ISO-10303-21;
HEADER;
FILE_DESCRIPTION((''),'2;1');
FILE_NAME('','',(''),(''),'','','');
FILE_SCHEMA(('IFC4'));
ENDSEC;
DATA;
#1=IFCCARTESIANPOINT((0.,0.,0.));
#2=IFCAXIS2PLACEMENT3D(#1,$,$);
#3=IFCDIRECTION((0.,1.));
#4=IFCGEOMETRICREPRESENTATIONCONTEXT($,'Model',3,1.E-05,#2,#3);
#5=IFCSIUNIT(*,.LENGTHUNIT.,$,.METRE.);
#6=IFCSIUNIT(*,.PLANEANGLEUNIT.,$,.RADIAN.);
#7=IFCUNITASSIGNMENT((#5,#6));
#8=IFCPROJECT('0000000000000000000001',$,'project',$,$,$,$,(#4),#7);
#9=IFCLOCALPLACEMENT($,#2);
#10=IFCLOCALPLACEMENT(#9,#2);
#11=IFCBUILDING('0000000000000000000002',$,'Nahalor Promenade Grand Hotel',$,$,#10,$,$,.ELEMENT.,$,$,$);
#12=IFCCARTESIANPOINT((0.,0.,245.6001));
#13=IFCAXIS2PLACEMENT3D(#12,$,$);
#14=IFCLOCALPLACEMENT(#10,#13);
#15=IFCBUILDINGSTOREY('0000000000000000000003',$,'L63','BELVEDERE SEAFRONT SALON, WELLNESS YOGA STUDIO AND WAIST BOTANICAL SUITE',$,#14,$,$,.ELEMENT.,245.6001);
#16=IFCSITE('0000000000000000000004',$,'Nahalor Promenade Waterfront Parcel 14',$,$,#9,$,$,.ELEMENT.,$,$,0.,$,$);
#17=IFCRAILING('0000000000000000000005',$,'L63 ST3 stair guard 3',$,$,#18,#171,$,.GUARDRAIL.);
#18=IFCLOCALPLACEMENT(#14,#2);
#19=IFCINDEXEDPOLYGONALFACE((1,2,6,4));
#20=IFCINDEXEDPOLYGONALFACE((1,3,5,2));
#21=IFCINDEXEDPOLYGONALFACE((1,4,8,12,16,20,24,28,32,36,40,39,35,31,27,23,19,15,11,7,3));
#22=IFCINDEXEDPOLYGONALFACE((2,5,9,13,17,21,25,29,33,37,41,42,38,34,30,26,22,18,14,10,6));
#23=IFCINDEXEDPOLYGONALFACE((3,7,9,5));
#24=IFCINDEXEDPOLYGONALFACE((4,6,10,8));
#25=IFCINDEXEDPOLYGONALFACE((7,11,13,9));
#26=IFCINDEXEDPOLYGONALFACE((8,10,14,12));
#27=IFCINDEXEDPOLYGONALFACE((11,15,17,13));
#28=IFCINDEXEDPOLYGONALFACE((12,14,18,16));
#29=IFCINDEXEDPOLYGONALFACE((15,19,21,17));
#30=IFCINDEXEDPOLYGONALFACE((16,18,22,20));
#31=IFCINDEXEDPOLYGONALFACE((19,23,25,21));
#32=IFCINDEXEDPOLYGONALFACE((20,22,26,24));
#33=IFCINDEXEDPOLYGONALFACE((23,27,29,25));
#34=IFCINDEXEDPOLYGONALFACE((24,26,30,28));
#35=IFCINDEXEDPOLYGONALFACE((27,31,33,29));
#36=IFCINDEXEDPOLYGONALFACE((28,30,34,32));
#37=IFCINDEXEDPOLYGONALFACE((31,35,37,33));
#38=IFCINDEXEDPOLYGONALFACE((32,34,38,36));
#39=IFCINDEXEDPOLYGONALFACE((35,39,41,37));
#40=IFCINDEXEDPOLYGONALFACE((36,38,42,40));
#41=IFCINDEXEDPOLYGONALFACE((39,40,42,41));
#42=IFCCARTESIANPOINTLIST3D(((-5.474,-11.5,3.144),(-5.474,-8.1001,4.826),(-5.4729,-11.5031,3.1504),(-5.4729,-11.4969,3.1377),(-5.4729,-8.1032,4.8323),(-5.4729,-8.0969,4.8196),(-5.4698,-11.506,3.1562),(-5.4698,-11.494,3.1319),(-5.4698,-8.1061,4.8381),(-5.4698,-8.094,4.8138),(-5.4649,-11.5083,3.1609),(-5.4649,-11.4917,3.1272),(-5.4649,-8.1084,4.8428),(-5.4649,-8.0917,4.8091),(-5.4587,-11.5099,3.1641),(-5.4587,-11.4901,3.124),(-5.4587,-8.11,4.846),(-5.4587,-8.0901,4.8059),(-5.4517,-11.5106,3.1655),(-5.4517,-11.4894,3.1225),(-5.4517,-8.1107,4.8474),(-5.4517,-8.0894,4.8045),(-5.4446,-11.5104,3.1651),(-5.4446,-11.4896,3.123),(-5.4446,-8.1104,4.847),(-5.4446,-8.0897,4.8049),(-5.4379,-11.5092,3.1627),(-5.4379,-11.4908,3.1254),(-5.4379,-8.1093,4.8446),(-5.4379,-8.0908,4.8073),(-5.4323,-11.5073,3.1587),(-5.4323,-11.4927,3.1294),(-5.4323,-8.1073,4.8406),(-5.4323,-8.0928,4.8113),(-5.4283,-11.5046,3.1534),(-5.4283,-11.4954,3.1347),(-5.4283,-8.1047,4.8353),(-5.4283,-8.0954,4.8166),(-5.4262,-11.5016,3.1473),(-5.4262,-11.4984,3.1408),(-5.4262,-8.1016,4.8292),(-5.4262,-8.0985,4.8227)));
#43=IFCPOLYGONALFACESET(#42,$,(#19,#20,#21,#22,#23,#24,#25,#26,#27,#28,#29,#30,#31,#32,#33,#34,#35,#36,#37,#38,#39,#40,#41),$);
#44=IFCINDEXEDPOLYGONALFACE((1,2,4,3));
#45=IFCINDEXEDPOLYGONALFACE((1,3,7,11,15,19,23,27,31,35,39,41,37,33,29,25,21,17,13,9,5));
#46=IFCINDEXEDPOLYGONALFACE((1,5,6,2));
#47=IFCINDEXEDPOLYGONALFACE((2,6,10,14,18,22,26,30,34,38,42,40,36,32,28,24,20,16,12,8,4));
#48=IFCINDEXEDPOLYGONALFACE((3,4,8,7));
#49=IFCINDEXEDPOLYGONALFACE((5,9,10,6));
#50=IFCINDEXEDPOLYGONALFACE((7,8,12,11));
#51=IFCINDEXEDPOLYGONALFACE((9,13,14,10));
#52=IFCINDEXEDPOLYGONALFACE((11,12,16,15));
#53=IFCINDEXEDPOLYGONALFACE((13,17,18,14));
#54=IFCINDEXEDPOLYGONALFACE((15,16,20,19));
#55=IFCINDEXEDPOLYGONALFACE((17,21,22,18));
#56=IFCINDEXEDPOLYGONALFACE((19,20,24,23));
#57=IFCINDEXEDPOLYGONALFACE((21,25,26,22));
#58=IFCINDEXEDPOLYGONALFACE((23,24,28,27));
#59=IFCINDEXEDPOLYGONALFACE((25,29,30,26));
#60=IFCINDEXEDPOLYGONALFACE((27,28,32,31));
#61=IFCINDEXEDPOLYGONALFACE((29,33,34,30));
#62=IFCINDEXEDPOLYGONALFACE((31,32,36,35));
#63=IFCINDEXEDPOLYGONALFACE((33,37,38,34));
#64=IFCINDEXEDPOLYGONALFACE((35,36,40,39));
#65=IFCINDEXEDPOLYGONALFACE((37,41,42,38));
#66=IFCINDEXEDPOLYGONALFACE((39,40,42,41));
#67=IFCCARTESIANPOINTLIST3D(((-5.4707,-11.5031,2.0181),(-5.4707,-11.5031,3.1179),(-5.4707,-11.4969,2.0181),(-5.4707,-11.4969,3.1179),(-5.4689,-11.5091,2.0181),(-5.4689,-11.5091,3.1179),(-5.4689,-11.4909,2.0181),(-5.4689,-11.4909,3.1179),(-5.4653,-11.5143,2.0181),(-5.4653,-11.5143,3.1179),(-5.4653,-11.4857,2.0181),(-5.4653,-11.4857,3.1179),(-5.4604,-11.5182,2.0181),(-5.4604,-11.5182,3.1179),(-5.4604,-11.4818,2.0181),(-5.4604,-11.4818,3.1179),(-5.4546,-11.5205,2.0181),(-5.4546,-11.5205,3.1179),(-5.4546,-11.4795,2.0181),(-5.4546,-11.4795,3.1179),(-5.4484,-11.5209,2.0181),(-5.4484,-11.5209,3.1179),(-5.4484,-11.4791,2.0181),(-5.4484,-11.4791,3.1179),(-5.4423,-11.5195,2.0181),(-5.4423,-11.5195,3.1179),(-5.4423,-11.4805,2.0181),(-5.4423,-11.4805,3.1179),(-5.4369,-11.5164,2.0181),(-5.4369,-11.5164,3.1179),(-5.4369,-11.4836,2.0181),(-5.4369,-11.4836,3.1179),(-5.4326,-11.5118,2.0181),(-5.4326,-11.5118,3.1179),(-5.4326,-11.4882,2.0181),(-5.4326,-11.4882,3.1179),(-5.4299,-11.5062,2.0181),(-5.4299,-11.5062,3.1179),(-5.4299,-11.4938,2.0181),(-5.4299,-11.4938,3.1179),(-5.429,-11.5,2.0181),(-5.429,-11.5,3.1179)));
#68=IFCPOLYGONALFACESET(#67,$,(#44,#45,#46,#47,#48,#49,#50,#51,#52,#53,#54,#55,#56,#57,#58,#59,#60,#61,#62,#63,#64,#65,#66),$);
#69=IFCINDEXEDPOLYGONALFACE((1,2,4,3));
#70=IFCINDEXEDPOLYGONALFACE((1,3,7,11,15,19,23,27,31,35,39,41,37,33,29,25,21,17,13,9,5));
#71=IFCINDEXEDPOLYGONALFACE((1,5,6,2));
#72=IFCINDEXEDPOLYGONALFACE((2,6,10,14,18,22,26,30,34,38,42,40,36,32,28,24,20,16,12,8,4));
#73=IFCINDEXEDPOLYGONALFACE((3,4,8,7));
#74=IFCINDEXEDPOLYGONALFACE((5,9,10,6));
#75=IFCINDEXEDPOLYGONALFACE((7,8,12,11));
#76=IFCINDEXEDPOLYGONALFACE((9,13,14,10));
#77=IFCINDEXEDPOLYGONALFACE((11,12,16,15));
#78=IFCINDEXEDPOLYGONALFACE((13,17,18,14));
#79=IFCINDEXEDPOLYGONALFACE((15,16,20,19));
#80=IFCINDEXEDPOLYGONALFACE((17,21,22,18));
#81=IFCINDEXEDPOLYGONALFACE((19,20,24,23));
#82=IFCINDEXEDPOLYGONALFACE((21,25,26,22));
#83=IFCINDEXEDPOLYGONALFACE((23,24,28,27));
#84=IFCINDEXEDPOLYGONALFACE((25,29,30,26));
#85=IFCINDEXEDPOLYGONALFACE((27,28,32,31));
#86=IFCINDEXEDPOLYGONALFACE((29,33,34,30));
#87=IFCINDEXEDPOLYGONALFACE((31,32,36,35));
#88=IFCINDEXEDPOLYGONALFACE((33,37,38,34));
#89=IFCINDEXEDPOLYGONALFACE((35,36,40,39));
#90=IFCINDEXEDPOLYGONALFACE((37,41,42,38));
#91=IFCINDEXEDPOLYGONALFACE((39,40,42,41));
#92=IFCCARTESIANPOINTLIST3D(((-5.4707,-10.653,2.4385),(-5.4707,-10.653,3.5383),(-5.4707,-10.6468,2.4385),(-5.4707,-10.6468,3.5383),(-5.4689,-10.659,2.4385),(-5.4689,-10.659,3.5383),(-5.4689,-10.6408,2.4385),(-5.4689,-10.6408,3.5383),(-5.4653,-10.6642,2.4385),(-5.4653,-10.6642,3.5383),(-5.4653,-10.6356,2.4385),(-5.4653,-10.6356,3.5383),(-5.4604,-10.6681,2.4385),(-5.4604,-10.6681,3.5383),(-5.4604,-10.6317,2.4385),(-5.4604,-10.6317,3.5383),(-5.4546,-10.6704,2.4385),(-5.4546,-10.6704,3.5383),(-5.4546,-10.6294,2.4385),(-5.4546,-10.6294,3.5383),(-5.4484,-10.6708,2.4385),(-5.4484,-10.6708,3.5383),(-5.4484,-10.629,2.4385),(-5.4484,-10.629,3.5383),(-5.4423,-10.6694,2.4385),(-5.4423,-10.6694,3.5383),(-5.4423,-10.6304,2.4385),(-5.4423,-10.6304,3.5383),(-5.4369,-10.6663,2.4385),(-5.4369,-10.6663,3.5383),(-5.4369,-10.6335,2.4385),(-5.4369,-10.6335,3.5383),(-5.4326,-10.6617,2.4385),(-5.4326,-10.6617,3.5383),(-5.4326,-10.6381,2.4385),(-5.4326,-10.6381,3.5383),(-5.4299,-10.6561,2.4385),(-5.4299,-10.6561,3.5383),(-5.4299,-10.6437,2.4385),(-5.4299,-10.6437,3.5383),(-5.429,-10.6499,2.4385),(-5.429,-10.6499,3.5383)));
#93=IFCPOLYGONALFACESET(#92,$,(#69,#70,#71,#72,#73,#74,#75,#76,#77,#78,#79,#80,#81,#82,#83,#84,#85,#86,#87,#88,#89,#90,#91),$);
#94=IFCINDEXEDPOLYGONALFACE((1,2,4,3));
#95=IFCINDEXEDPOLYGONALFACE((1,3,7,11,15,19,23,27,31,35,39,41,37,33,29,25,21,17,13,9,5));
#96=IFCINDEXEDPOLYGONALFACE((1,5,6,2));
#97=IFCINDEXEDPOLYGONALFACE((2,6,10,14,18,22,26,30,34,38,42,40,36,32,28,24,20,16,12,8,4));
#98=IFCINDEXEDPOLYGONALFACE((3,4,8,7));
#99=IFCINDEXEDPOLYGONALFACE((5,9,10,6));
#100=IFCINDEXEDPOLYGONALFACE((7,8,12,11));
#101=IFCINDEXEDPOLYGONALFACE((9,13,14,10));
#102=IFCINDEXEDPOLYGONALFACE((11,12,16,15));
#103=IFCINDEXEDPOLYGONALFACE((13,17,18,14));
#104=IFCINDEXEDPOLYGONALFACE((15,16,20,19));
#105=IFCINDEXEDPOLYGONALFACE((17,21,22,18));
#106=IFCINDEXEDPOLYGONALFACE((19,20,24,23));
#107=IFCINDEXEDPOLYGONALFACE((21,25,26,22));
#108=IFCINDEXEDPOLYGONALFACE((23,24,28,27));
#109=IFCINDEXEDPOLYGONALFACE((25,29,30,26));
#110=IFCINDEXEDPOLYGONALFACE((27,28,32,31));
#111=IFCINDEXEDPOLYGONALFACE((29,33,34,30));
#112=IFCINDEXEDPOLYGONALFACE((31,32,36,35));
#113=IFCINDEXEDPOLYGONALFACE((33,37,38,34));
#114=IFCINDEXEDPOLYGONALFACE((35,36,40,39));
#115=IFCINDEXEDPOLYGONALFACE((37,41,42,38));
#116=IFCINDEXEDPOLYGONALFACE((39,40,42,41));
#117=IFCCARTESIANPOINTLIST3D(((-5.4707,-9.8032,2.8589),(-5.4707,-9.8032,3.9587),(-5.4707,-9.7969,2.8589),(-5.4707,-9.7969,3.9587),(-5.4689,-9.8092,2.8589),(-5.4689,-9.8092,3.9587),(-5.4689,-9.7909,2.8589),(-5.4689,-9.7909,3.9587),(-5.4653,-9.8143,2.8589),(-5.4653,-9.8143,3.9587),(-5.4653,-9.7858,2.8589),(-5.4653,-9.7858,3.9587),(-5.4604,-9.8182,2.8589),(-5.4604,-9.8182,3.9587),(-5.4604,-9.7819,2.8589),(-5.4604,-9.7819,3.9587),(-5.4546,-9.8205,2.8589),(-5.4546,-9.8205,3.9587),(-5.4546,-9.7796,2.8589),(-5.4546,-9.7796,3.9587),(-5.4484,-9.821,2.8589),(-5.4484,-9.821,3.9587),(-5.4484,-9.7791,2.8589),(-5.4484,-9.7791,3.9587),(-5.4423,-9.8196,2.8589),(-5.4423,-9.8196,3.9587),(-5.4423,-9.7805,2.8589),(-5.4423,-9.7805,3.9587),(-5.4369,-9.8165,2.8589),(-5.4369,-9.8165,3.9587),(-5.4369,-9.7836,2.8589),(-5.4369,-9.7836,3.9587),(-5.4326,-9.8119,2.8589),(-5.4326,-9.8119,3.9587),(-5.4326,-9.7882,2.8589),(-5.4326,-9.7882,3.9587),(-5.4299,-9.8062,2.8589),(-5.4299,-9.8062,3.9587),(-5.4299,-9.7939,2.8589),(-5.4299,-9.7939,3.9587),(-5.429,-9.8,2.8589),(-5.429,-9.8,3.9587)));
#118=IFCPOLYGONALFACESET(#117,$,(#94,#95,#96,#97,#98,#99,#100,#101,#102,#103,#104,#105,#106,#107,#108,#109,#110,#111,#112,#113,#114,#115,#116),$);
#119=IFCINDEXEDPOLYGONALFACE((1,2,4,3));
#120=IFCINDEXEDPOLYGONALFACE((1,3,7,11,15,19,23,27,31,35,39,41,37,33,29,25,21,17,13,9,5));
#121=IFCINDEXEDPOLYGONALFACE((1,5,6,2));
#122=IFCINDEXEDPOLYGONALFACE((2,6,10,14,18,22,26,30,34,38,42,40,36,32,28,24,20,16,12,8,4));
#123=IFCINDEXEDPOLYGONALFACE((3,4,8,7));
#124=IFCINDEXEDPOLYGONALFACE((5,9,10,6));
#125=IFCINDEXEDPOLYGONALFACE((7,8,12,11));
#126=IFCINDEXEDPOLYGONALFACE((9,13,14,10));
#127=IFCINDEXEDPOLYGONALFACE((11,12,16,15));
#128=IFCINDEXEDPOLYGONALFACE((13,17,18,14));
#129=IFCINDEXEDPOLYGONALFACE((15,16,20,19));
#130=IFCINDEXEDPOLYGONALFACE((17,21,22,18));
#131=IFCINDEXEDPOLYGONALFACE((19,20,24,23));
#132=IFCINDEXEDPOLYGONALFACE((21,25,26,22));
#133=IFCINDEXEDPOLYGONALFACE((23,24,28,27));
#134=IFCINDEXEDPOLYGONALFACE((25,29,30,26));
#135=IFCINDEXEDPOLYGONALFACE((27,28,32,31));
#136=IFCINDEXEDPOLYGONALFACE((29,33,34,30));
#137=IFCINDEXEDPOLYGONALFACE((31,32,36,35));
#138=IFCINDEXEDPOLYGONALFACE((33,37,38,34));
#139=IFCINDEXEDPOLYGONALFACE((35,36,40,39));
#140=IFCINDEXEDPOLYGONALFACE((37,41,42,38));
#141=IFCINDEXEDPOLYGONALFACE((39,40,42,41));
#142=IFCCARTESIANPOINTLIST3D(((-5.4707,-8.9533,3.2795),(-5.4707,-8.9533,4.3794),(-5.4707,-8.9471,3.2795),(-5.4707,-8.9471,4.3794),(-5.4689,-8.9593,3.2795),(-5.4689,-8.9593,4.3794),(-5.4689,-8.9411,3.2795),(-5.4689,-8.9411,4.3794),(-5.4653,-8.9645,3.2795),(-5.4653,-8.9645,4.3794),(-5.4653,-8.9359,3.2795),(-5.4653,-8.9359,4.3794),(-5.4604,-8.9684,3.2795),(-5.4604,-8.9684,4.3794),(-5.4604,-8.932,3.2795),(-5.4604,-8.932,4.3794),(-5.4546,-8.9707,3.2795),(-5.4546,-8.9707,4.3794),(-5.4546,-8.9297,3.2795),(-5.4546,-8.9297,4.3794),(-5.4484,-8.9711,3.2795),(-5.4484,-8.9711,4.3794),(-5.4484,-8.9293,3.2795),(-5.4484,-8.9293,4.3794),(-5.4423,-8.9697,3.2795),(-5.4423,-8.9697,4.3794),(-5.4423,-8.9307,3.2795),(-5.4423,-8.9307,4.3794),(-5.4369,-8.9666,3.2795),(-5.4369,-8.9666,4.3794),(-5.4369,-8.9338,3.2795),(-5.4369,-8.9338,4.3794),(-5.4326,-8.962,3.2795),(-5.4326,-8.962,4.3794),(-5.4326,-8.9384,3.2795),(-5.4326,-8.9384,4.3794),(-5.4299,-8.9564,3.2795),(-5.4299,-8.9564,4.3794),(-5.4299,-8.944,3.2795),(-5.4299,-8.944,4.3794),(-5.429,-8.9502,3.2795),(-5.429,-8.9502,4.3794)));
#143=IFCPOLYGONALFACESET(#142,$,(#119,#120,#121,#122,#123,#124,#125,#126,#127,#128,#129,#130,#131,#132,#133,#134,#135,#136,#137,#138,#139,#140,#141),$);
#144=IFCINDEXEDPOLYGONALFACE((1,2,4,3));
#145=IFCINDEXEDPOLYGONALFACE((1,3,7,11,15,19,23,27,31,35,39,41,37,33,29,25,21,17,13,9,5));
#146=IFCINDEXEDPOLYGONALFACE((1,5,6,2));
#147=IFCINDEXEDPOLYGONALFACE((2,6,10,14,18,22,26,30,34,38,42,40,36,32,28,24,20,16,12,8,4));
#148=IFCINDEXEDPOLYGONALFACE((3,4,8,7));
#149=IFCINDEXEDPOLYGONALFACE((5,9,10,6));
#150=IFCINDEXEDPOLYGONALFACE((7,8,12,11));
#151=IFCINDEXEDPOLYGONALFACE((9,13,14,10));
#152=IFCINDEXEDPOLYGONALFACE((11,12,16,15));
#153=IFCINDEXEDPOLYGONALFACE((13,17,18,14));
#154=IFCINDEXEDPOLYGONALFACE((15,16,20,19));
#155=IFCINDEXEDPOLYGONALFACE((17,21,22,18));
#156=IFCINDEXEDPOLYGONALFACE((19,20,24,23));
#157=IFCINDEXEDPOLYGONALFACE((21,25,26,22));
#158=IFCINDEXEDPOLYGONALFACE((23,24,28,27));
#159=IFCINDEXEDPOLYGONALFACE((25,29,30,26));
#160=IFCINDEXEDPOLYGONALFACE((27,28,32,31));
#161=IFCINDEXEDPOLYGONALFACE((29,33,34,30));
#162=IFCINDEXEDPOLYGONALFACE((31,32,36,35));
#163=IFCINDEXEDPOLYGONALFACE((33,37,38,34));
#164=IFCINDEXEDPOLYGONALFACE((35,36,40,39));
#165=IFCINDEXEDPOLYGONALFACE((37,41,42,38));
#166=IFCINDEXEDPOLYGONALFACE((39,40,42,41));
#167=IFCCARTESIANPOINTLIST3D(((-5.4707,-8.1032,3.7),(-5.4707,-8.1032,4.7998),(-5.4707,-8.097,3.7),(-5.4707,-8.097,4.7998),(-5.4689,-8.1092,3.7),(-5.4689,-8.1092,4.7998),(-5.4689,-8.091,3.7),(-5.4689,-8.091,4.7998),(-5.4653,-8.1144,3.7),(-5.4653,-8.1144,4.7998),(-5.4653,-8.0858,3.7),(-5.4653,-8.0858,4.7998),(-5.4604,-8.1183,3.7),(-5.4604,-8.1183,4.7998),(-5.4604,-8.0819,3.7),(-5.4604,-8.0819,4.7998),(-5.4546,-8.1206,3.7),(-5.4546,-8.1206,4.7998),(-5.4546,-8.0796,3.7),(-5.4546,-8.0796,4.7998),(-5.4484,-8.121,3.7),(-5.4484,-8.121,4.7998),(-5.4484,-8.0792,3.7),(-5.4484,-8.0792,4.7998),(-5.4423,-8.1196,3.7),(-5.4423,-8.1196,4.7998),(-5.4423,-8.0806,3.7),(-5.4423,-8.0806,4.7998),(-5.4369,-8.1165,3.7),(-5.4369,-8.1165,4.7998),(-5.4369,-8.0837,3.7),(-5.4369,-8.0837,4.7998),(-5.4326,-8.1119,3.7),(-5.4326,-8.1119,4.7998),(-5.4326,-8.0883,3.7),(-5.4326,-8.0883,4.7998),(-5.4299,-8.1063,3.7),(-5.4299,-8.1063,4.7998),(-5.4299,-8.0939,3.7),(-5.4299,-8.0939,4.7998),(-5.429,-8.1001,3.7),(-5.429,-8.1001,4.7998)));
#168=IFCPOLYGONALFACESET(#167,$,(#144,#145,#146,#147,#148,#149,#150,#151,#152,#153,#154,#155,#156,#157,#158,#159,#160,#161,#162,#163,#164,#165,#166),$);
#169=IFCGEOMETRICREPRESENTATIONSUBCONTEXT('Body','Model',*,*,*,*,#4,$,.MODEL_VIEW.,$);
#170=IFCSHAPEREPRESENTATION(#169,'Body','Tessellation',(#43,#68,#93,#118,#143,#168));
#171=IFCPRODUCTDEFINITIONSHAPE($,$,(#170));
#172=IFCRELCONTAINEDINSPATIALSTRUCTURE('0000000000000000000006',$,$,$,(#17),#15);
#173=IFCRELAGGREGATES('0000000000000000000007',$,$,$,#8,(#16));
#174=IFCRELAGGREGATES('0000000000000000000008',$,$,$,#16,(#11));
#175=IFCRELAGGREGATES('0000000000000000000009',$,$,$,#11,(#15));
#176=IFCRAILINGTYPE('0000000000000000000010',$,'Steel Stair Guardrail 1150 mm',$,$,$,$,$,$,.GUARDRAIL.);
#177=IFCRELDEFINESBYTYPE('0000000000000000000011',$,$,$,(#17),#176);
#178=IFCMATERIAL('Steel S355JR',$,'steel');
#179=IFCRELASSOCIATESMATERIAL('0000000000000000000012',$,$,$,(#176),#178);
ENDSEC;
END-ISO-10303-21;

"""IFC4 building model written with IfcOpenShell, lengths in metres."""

from ifc_helpers import new_model, si_unit, direction, frame, origin, origin_2d, place, context, subcontext, project, spatial, circle, extrude, material, type_object, element, save


model = new_model("IFC4")

# Units and contexts
model_context = context("Model", 3, precision=1e-05, world=origin(), true_north=direction((0.0, 1.0)))
body_context = subcontext(model_context, "Body", "Model", "MODEL_VIEW")
ifc_project = project(units=[si_unit("LENGTHUNIT", "METRE"), si_unit("PLANEANGLEUNIT", "RADIAN")], contexts=[model_context])

# Site, building, storey
site_placement = place(None, origin())
site = spatial("IfcSite", under=ifc_project, at=site_placement, Name="Nahalor Promenade Waterfront Parcel 14", CompositionType="ELEMENT", RefElevation=0.0)
building_placement = place(site_placement, origin())
building = spatial("IfcBuilding", under=site, at=building_placement, Name="Nahalor Promenade Grand Hotel", CompositionType="ELEMENT")
storey_placement = place(building_placement, frame((0.0, 0.0, 245.6001)))
storey = spatial("IfcBuildingStorey", under=building, at=storey_placement, Name="L63", Description="BELVEDERE SEAFRONT SALON, WELLNESS YOGA STUDIO AND WAIST BOTANICAL SUITE", CompositionType="ELEMENT", Elevation=245.6001)

# Shared definitions
ifc_material_1 = material(Name="Steel S355JR", Category="steel")

# Railing
railing_type_1 = type_object("IfcRailingType", Name="Steel Stair Guardrail 1150 mm", PredefinedType="GUARDRAIL", material=ifc_material_1)
railing_1_placement = place(storey_placement, frame((-5.45, -11.5, 2.0181)))
element("IfcRailing", 1, at=railing_1_placement, inside=storey, type_object=railing_type_1, Name="L63 ST3 stair guard 3", PredefinedType="GUARDRAIL", context=body_context, shape_type="SweptSolid", body=[
    extrude(circle(Radius=0.024, at=origin_2d()), frame((0.0, 0.0, 1.126), z_axis=(0.0, 0.896324, 0.443399), x_axis=(-1.0, 0.0, 0.0)), (0.0, 0.0, 1.0), 3.7932),
    extrude(circle(Radius=0.021, at=origin_2d()), origin(), (0.0, 0.0, 1.0), 1.0999),
    extrude(circle(Radius=0.021, at=origin_2d()), frame((0.0, 0.8501, 0.4204)), (0.0, 0.0, 1.0), 1.0999),
    extrude(circle(Radius=0.021, at=origin_2d()), frame((0.0, 1.7, 0.8408)), (0.0, 0.0, 1.0), 1.0999),
    extrude(circle(Radius=0.021, at=origin_2d()), frame((0.0, 2.5498, 1.2615)), (0.0, 0.0, 1.0), 1.0999),
    extrude(circle(Radius=0.021, at=origin_2d()), frame((0.0, 3.3999, 1.6819)), (0.0, 0.0, 1.0), 1.0999),
])

save(model, "model.ifc")
